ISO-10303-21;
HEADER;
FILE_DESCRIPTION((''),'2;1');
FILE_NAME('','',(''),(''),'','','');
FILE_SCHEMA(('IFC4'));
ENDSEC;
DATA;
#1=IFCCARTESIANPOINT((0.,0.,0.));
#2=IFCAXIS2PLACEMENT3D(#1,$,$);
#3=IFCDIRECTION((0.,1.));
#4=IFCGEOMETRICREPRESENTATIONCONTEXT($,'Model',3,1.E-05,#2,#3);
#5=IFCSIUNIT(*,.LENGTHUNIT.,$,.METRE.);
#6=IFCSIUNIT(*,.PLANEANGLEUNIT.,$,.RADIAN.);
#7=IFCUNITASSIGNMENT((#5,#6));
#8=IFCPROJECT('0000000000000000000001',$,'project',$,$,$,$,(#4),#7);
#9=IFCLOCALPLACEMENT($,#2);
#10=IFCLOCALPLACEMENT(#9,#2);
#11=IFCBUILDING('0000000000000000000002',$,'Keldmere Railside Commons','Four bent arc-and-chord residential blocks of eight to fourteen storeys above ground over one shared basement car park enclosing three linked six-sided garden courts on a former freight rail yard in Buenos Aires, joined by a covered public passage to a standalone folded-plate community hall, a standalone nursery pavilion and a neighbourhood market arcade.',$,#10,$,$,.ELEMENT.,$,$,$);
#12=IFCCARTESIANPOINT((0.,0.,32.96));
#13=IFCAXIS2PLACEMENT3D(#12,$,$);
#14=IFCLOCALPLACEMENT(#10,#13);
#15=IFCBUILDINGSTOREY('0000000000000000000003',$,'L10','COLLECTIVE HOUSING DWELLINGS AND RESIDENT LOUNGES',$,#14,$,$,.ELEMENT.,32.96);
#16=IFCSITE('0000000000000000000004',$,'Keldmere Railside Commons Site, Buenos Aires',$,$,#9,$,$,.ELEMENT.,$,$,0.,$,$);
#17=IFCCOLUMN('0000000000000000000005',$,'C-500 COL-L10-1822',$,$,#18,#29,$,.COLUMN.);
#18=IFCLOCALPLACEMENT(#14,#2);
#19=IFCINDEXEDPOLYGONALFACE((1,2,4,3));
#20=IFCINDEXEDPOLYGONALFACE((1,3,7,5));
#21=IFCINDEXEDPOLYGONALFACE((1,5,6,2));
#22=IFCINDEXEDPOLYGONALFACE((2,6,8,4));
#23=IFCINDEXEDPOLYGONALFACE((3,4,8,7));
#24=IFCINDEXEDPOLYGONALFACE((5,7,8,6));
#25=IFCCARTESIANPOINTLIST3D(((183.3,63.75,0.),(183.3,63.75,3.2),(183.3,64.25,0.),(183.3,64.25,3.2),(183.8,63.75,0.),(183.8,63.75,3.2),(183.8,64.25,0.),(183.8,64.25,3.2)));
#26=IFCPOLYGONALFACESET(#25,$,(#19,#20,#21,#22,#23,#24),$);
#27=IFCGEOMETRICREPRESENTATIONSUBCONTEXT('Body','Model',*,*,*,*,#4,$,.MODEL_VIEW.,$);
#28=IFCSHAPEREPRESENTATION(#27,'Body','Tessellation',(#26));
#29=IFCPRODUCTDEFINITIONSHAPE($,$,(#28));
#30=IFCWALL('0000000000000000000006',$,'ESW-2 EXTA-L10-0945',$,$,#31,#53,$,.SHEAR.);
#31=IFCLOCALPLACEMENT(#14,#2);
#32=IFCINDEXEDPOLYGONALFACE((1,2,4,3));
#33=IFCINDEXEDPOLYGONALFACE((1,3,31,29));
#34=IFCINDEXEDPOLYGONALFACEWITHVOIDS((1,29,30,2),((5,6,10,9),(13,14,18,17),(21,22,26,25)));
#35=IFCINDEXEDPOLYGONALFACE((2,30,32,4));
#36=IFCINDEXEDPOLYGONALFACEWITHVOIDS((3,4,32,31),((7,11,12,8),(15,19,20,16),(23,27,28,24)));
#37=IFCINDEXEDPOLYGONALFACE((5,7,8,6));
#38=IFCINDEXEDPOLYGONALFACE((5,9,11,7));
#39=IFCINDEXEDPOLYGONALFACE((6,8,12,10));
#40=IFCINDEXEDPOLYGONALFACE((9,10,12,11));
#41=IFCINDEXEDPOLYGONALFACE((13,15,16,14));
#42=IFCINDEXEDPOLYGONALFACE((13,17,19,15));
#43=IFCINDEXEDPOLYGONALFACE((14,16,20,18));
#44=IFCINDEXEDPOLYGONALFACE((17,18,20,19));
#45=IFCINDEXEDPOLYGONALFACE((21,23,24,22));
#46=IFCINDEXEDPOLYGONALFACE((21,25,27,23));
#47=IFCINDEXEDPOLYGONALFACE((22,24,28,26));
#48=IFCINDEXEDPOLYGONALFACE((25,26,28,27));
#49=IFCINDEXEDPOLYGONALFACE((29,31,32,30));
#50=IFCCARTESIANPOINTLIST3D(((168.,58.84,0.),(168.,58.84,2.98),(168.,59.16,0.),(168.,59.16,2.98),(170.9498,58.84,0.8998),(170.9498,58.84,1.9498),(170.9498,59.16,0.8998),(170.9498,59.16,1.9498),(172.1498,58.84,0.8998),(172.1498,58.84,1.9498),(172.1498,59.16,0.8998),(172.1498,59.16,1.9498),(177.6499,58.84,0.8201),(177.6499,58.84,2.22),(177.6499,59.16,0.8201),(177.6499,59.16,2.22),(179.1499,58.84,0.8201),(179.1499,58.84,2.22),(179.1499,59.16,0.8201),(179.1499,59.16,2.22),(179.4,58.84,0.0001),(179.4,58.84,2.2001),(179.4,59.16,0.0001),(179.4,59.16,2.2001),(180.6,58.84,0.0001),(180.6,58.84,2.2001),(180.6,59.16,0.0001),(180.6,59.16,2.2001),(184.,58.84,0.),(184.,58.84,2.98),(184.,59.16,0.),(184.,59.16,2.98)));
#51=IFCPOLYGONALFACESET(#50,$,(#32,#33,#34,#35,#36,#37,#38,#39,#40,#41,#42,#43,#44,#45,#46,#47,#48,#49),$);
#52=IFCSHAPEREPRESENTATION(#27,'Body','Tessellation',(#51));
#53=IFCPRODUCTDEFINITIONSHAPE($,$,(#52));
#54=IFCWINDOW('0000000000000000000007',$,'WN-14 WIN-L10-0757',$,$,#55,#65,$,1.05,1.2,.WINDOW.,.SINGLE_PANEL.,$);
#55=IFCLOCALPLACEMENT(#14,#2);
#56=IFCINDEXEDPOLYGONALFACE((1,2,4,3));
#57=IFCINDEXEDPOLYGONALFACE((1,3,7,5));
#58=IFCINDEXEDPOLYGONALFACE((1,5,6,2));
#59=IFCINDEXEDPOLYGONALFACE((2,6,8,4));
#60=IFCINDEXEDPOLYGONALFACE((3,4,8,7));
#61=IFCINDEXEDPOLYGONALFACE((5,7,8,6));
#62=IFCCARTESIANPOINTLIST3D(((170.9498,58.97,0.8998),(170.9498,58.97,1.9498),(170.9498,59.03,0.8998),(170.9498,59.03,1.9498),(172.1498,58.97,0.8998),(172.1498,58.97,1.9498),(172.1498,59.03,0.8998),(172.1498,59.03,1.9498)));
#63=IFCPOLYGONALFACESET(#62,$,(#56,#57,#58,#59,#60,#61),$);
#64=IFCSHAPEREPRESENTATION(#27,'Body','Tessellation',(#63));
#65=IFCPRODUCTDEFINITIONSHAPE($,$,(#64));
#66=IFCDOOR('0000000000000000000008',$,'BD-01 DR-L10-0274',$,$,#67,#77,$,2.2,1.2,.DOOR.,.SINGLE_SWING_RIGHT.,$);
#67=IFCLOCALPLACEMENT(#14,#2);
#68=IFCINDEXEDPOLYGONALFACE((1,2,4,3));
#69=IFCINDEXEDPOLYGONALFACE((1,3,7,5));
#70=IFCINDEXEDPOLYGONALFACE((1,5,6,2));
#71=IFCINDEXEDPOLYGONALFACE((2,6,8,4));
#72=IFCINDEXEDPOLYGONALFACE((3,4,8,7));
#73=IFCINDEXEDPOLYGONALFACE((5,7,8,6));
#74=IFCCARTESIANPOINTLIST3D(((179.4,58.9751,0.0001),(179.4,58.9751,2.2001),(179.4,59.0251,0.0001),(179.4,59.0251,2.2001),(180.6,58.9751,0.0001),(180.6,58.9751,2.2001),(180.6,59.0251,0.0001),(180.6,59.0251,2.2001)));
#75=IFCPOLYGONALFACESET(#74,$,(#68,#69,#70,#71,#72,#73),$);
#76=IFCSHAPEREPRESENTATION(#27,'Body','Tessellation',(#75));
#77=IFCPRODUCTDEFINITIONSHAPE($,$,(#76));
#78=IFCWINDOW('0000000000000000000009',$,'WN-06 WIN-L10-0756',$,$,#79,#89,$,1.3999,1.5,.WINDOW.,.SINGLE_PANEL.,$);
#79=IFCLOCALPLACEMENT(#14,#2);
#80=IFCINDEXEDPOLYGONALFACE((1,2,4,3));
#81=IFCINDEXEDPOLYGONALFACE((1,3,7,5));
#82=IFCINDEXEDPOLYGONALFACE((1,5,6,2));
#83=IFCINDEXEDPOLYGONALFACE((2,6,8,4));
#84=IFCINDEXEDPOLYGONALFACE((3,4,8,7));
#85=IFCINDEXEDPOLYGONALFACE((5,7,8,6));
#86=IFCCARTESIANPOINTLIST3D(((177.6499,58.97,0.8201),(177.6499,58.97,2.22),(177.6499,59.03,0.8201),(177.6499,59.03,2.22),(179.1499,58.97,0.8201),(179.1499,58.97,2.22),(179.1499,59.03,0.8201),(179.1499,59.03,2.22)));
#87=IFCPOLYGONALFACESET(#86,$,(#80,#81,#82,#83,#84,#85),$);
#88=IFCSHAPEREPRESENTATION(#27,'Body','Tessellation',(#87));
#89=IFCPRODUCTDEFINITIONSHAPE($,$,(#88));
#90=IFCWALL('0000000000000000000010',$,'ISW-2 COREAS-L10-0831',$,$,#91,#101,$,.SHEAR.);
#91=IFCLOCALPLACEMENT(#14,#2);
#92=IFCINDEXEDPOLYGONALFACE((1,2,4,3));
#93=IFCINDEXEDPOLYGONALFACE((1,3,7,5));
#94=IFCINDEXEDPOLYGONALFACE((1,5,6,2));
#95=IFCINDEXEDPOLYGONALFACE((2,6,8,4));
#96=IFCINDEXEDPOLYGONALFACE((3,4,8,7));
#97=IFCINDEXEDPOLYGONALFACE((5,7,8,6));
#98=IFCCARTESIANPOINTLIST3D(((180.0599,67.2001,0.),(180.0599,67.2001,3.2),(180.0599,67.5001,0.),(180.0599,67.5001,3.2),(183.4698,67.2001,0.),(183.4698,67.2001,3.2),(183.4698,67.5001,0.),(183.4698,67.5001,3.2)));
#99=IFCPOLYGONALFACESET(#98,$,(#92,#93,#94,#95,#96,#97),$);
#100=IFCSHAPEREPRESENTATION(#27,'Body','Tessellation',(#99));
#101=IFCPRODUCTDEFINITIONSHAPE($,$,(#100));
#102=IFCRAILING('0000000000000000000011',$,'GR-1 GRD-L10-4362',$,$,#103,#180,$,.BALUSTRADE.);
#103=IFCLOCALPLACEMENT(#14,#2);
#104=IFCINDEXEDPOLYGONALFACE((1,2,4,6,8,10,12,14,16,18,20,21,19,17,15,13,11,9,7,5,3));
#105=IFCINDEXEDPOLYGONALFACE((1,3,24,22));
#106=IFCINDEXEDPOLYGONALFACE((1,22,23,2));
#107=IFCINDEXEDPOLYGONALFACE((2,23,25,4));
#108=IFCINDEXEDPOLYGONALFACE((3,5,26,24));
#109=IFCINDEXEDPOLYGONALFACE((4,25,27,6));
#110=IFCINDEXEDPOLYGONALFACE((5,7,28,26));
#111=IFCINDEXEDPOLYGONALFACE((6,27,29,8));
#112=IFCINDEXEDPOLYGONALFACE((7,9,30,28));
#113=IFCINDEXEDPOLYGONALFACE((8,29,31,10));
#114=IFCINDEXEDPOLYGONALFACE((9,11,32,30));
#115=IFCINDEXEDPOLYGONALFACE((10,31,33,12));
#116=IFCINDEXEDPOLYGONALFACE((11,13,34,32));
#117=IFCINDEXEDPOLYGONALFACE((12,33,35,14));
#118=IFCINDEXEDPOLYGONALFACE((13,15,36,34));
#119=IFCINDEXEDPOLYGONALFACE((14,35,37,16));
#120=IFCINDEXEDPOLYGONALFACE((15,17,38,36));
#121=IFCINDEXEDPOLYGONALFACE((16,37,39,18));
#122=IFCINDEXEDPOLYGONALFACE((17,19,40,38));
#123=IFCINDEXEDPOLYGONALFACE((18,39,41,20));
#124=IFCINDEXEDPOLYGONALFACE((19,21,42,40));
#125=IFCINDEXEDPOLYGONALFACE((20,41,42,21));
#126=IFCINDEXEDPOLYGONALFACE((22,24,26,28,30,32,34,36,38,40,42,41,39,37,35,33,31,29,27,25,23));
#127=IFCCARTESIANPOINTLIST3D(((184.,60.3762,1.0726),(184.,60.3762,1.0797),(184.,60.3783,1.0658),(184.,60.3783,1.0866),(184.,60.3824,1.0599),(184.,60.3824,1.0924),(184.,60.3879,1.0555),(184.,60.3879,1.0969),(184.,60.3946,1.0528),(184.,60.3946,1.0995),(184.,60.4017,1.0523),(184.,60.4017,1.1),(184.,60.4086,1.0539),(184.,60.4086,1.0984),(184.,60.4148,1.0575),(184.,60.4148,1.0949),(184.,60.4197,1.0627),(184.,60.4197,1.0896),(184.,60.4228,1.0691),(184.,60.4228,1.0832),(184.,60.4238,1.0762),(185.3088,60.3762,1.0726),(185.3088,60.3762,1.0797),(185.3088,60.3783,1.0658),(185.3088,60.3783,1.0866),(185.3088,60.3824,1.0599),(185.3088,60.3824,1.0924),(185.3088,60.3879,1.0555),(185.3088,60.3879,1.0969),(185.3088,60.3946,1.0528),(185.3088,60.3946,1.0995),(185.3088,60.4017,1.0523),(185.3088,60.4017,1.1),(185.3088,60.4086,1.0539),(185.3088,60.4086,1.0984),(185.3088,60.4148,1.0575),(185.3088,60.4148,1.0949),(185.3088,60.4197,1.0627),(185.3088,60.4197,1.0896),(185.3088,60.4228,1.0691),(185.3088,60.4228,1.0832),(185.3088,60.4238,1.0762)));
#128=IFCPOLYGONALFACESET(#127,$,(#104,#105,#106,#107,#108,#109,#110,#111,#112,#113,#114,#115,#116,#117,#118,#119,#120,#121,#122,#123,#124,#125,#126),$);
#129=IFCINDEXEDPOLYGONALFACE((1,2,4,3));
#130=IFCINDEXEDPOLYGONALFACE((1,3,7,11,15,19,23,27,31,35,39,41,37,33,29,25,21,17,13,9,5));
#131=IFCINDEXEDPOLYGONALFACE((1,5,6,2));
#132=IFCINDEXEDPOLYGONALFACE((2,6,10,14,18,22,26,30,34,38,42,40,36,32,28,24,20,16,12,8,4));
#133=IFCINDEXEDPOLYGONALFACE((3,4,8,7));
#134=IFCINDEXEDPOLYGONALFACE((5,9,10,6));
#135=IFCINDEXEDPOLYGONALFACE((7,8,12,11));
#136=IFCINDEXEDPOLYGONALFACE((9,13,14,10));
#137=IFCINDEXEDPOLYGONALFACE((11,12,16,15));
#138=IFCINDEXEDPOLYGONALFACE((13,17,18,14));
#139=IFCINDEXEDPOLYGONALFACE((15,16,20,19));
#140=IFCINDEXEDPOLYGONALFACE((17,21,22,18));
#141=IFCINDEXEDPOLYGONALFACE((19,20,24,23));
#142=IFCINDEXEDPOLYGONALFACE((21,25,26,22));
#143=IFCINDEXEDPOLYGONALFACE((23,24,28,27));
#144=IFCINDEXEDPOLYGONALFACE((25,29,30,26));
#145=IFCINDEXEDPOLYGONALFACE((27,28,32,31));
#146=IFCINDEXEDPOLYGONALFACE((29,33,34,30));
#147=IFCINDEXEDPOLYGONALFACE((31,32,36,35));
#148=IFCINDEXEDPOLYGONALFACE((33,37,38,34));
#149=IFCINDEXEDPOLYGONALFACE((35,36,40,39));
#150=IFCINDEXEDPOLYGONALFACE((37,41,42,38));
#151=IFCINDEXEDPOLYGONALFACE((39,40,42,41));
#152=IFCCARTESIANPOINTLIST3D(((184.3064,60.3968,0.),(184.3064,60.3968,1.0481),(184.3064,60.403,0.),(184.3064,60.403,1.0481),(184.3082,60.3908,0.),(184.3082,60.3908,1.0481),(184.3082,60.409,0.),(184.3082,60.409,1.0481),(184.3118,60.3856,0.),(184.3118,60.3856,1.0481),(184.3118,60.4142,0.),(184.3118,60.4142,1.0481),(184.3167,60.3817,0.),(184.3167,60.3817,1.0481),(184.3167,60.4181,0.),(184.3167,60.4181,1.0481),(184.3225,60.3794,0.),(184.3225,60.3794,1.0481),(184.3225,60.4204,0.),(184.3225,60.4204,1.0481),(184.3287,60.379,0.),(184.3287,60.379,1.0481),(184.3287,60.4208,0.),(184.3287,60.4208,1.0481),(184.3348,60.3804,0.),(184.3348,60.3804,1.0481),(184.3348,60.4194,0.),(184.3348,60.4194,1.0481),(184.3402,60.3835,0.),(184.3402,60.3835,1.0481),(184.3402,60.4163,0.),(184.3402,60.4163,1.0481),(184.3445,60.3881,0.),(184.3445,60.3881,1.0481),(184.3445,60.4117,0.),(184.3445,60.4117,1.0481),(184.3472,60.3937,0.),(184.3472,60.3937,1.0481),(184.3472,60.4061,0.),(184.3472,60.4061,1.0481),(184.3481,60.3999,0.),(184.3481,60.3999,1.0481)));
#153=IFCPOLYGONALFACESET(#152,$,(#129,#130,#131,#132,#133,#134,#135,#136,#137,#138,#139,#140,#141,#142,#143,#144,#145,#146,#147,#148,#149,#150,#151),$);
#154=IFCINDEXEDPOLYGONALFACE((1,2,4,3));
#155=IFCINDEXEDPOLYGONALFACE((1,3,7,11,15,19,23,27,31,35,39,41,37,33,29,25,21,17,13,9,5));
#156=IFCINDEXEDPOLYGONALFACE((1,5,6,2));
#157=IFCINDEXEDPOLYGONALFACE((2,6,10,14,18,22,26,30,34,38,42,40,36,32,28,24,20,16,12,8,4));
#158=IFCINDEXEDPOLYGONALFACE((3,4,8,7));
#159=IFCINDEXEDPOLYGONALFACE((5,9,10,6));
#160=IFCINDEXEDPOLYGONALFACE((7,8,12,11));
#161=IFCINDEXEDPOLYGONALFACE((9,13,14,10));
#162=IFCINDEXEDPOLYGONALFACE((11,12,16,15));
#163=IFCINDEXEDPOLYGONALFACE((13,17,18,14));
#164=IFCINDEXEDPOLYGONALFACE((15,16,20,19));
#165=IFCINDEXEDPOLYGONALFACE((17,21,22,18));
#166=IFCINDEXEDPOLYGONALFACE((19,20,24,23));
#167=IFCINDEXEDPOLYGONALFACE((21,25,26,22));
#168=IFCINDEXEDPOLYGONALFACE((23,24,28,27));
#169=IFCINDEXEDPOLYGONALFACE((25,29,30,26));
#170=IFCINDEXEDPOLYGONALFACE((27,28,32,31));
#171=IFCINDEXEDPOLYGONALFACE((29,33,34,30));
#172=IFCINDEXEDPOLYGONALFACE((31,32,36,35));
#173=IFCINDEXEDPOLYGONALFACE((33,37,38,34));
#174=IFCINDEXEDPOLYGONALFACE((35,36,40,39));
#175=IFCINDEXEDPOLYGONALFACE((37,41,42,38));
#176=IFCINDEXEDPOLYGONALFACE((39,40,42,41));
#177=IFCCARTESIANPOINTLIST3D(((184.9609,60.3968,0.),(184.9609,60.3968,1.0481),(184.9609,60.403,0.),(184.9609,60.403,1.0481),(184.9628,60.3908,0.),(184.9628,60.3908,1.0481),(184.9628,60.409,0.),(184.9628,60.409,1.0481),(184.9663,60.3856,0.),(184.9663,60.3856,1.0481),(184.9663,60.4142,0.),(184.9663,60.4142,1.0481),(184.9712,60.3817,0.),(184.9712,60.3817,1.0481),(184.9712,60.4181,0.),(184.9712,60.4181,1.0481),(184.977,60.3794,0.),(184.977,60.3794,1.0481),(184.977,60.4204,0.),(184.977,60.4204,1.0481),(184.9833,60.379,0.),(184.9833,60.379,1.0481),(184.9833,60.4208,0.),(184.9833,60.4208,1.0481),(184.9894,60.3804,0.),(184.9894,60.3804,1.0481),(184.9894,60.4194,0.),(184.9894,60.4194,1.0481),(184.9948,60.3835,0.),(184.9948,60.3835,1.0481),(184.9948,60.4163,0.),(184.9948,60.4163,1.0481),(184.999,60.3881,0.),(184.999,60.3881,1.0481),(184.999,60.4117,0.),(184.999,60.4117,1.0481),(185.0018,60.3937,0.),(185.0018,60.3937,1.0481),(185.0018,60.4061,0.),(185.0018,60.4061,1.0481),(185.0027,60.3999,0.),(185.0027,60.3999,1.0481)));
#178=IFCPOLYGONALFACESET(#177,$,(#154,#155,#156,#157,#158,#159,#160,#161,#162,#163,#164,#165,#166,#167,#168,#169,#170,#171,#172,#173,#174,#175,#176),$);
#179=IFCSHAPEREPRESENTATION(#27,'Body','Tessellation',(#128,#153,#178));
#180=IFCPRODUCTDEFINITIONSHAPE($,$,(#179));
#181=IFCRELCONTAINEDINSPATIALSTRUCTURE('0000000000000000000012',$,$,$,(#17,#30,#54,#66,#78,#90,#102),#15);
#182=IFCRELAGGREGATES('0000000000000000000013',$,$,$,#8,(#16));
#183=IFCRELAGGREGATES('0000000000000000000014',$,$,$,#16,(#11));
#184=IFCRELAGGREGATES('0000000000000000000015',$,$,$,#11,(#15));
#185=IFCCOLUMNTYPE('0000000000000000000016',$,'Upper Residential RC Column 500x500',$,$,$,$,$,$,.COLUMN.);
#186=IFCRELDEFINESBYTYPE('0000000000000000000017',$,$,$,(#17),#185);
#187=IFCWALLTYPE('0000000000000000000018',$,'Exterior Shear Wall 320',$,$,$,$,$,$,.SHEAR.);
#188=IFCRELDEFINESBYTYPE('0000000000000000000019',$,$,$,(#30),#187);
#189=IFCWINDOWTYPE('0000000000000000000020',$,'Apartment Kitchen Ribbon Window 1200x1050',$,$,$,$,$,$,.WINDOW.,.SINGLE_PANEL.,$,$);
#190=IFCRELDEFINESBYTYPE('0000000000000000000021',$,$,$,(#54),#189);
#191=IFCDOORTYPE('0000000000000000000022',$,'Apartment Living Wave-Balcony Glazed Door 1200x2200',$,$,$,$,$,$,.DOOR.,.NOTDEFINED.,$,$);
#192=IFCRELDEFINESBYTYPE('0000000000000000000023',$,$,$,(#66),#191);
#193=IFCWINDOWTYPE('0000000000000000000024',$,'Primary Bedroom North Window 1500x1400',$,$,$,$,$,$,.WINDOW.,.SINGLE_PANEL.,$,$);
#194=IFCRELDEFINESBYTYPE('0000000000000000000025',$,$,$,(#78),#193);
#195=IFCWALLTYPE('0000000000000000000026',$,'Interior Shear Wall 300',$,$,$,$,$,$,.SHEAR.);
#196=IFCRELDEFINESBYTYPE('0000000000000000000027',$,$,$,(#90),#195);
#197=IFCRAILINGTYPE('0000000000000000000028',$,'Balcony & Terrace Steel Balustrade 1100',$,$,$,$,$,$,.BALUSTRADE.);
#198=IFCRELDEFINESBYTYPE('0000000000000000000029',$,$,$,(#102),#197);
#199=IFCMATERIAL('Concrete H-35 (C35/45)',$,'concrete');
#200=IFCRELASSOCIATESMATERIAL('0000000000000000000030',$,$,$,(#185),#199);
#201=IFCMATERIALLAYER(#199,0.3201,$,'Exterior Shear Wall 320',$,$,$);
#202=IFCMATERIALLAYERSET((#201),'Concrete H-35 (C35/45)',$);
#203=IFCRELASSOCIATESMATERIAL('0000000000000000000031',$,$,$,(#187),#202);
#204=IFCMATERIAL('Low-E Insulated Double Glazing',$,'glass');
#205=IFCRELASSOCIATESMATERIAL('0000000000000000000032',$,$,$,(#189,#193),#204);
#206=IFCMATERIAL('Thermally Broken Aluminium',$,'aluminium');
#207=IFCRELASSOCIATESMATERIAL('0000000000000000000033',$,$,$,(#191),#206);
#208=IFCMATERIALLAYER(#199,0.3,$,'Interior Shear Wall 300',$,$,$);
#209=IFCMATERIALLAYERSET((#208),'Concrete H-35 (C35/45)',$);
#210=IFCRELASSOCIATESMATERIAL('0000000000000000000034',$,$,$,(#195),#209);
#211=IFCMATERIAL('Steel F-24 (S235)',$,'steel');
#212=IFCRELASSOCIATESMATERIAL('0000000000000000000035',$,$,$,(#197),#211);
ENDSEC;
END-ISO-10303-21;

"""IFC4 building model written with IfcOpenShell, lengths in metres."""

from ifc_helpers import new_model, si_unit, direction, frame, frame_2d, origin, origin_2d, place, context, subcontext, project, spatial, rectangle, circle, extrude, material, layer, layer_set, material_profile, profile_set, type_object, element, fill, save


model = new_model("IFC4")

# Units and contexts
model_context = context("Model", 3, precision=1e-05, world=origin(), true_north=direction((0.0, 1.0)))
body_context = subcontext(model_context, "Body", "Model", "MODEL_VIEW")
ifc_project = project(units=[si_unit("LENGTHUNIT", "METRE"), si_unit("PLANEANGLEUNIT", "RADIAN")], contexts=[model_context])

# Site, building, storey
site_placement = place(None, origin())
site = spatial("IfcSite", under=ifc_project, at=site_placement, Name="Keldmere Railside Commons Site, Buenos Aires", CompositionType="ELEMENT", RefElevation=0.0)
building_placement = place(site_placement, origin())
building = spatial("IfcBuilding", under=site, at=building_placement, Name="Keldmere Railside Commons", Description="Four bent arc-and-chord residential blocks of eight to fourteen storeys above ground over one shared basement car park enclosing three linked six-sided garden courts on a former freight rail yard in Buenos Aires, joined by a covered public passage to a standalone folded-plate community hall, a standalone nursery pavilion and a neighbourhood market arcade.", CompositionType="ELEMENT")
storey_placement = place(building_placement, frame((0.0, 0.0, 32.96)))
storey = spatial("IfcBuildingStorey", under=building, at=storey_placement, Name="L10", Description="COLLECTIVE HOUSING DWELLINGS AND RESIDENT LOUNGES", CompositionType="ELEMENT", Elevation=32.96)

# Column
ifc_material_1 = material(Name="Concrete H-35 (C35/45)", Category="concrete")
ifc_material_profile = material_profile(ifc_material_1, rectangle(XDim=0.5, YDim=0.5, at=origin_2d()), Name="RC-500x500")
ifc_profile_set = profile_set([ifc_material_profile], Name="Concrete H-35 (C35/45)")
column_type = type_object("IfcColumnType", Name="Upper Residential RC Column 500x500", PredefinedType="COLUMN", material=ifc_profile_set)
column_placement = place(storey_placement, frame((183.55, 64.0, 0.0), z_axis=(0.0, 0.0, 1.0), x_axis=(1.0, 0.0, 0.0)))
element("IfcColumn", 1, at=column_placement, inside=storey, type_object=column_type, Name="C-500 COL-L10-1822", PredefinedType="COLUMN", context=body_context, shape_type="SweptSolid", body=[
    extrude(rectangle(XDim=0.5, YDim=0.5, at=origin_2d()), origin(), (0.0, 0.0, 1.0), 3.2),
])

# Wall, openings, windows, door
ifc_layer_1 = layer(ifc_material_1, 0.3201, Name="Exterior Shear Wall 320")
ifc_layer_set_1 = layer_set([ifc_layer_1], Name="Concrete H-35 (C35/45)")
wall_type_1 = type_object("IfcWallType", Name="Exterior Shear Wall 320", PredefinedType="SHEAR", material=ifc_layer_set_1)
wall_1_placement = place(storey_placement, frame((184.0, 59.0, 0.0), z_axis=(0.0, 0.0, 1.0), x_axis=(-1.0, 0.0, 0.0)))
wall_1 = element("IfcWall", 2, at=wall_1_placement, inside=storey, type_object=wall_type_1, Name="ESW-2 EXTA-L10-0945", PredefinedType="SHEAR", context=body_context, shape_type="SweptSolid", body=[
    extrude(rectangle(XDim=16.0, YDim=0.3201, at=frame_2d((8.0, 0.0))), origin(), (0.0, 0.0, 1.0), 2.98),
])
opening_1_placement = place(wall_1_placement, frame((3.3999, 0.0, 0.0)))
opening_1 = element("IfcOpeningElement", 3, at=opening_1_placement, cuts=wall_1, PredefinedType="OPENING", context=body_context, shape_type="SweptSolid", body=[
    extrude(rectangle(XDim=1.2, YDim=2.2, at=frame_2d((0.6001, 1.1001))), frame((0.0, 0.1699, 0.0), z_axis=(0.0, -1.0, 0.0), x_axis=(1.0, 0.0, 0.0)), (0.0, 0.0, 1.0), 0.3401),
])
opening_2_placement = place(wall_1_placement, frame((4.8501, 0.0, 0.8201)))
opening_2 = element("IfcOpeningElement", 4, at=opening_2_placement, cuts=wall_1, PredefinedType="OPENING", context=body_context, shape_type="SweptSolid", body=[
    extrude(rectangle(XDim=1.5, YDim=1.3999, at=frame_2d((0.75, 0.7))), frame((0.0, 0.1699, 0.0), z_axis=(0.0, -1.0, 0.0), x_axis=(1.0, 0.0, 0.0)), (0.0, 0.0, 1.0), 0.3401),
])
opening_3_placement = place(wall_1_placement, frame((11.8501, 0.0, 0.8999)))
opening_3 = element("IfcOpeningElement", 5, at=opening_3_placement, cuts=wall_1, PredefinedType="OPENING", context=body_context, shape_type="SweptSolid", body=[
    extrude(rectangle(XDim=1.2, YDim=1.05, at=frame_2d((0.6001, 0.5249))), frame((0.0, 0.1699, 0.0), z_axis=(0.0, -1.0, 0.0), x_axis=(1.0, 0.0, 0.0)), (0.0, 0.0, 1.0), 0.3401),
])
ifc_material_2 = material(Name="Low-E Insulated Double Glazing", Category="glass")
window_type_1 = type_object("IfcWindowType", Name="Apartment Kitchen Ribbon Window 1200x1050", PartitioningType="SINGLE_PANEL", PredefinedType="WINDOW", material=ifc_material_2)
window_1_placement = place(opening_3_placement, origin())
window_1 = element("IfcWindow", 6, at=window_1_placement, inside=storey, type_object=window_type_1, Name="WN-14 WIN-L10-0757", OverallHeight=1.05, OverallWidth=1.2, PartitioningType="SINGLE_PANEL", PredefinedType="WINDOW", context=body_context, shape_type="SweptSolid", body=[
    extrude(rectangle(XDim=1.2, YDim=1.05, at=frame_2d((0.6001, 0.5249))), frame((0.0, 0.03, 0.0), z_axis=(0.0, -1.0, 0.0), x_axis=(1.0, 0.0, 0.0)), (0.0, 0.0, 1.0), 0.0601),
])
fill(opening_3, window_1)
ifc_material_3 = material(Name="Thermally Broken Aluminium", Category="aluminium")
door_type = type_object("IfcDoorType", Name="Apartment Living Wave-Balcony Glazed Door 1200x2200", OperationType="NOTDEFINED", PredefinedType="DOOR", material=ifc_material_3)
door_placement = place(opening_1_placement, origin())
door = element("IfcDoor", 7, at=door_placement, inside=storey, type_object=door_type, Name="BD-01 DR-L10-0274", OperationType="SINGLE_SWING_RIGHT", OverallHeight=2.2, OverallWidth=1.2, PredefinedType="DOOR", context=body_context, shape_type="SweptSolid", body=[
    extrude(rectangle(XDim=1.2, YDim=2.2, at=frame_2d((0.6001, 1.1001))), frame((0.0, 0.0249, 0.0), z_axis=(0.0, -1.0, 0.0), x_axis=(1.0, 0.0, 0.0)), (0.0, 0.0, 1.0), 0.05),
])
fill(opening_1, door)
window_type_2 = type_object("IfcWindowType", Name="Primary Bedroom North Window 1500x1400", PartitioningType="SINGLE_PANEL", PredefinedType="WINDOW", material=ifc_material_2)
window_2_placement = place(opening_2_placement, origin())
window_2 = element("IfcWindow", 8, at=window_2_placement, inside=storey, type_object=window_type_2, Name="WN-06 WIN-L10-0756", OverallHeight=1.3999, OverallWidth=1.5, PartitioningType="SINGLE_PANEL", PredefinedType="WINDOW", context=body_context, shape_type="SweptSolid", body=[
    extrude(rectangle(XDim=1.5, YDim=1.3999, at=frame_2d((0.75, 0.7))), frame((0.0, 0.03, 0.0), z_axis=(0.0, -1.0, 0.0), x_axis=(1.0, 0.0, 0.0)), (0.0, 0.0, 1.0), 0.0601),
])
fill(opening_2, window_2)

# Wall
ifc_layer_2 = layer(ifc_material_1, 0.3, Name="Interior Shear Wall 300")
ifc_layer_set_2 = layer_set([ifc_layer_2], Name="Concrete H-35 (C35/45)")
wall_type_2 = type_object("IfcWallType", Name="Interior Shear Wall 300", PredefinedType="SHEAR", material=ifc_layer_set_2)
wall_2_placement = place(storey_placement, frame((183.47, 67.3501, 0.0), z_axis=(0.0, 0.0, 1.0), x_axis=(-1.0, 0.0, 0.0)))
element("IfcWall", 9, at=wall_2_placement, inside=storey, type_object=wall_type_2, Name="ISW-2 COREAS-L10-0831", PredefinedType="SHEAR", context=body_context, shape_type="SweptSolid", body=[
    extrude(rectangle(XDim=3.4099, YDim=0.3, at=frame_2d((1.7051, 0.0))), origin(), (0.0, 0.0, 1.0), 3.2),
])

# Railing
ifc_material_4 = material(Name="Steel F-24 (S235)", Category="steel")
railing_type_1 = type_object("IfcRailingType", Name="Balcony & Terrace Steel Balustrade 1100", PredefinedType="BALUSTRADE", material=ifc_material_4)
railing_1_placement = place(storey_placement, frame((184.0, 60.3999, 0.0)))
element("IfcRailing", 10, at=railing_1_placement, inside=storey, type_object=railing_type_1, Name="GR-1 GRD-L10-4362", PredefinedType="BALUSTRADE", context=body_context, shape_type="SweptSolid", body=[
    extrude(circle(Radius=0.0239, at=origin_2d()), frame((0.0, 0.0, 1.0762), z_axis=(1.0, 0.0, 0.0), x_axis=(0.0, 1.0, 0.0)), (0.0, 0.0, 1.0), 1.3088),
    extrude(circle(Radius=0.021, at=origin_2d()), frame((0.3271, 0.0, 0.0)), (0.0, 0.0, 1.0), 1.0481),
    extrude(circle(Radius=0.021, at=origin_2d()), frame((0.9817, 0.0, 0.0)), (0.0, 0.0, 1.0), 1.0481),
])

save(model, "model.ifc")
